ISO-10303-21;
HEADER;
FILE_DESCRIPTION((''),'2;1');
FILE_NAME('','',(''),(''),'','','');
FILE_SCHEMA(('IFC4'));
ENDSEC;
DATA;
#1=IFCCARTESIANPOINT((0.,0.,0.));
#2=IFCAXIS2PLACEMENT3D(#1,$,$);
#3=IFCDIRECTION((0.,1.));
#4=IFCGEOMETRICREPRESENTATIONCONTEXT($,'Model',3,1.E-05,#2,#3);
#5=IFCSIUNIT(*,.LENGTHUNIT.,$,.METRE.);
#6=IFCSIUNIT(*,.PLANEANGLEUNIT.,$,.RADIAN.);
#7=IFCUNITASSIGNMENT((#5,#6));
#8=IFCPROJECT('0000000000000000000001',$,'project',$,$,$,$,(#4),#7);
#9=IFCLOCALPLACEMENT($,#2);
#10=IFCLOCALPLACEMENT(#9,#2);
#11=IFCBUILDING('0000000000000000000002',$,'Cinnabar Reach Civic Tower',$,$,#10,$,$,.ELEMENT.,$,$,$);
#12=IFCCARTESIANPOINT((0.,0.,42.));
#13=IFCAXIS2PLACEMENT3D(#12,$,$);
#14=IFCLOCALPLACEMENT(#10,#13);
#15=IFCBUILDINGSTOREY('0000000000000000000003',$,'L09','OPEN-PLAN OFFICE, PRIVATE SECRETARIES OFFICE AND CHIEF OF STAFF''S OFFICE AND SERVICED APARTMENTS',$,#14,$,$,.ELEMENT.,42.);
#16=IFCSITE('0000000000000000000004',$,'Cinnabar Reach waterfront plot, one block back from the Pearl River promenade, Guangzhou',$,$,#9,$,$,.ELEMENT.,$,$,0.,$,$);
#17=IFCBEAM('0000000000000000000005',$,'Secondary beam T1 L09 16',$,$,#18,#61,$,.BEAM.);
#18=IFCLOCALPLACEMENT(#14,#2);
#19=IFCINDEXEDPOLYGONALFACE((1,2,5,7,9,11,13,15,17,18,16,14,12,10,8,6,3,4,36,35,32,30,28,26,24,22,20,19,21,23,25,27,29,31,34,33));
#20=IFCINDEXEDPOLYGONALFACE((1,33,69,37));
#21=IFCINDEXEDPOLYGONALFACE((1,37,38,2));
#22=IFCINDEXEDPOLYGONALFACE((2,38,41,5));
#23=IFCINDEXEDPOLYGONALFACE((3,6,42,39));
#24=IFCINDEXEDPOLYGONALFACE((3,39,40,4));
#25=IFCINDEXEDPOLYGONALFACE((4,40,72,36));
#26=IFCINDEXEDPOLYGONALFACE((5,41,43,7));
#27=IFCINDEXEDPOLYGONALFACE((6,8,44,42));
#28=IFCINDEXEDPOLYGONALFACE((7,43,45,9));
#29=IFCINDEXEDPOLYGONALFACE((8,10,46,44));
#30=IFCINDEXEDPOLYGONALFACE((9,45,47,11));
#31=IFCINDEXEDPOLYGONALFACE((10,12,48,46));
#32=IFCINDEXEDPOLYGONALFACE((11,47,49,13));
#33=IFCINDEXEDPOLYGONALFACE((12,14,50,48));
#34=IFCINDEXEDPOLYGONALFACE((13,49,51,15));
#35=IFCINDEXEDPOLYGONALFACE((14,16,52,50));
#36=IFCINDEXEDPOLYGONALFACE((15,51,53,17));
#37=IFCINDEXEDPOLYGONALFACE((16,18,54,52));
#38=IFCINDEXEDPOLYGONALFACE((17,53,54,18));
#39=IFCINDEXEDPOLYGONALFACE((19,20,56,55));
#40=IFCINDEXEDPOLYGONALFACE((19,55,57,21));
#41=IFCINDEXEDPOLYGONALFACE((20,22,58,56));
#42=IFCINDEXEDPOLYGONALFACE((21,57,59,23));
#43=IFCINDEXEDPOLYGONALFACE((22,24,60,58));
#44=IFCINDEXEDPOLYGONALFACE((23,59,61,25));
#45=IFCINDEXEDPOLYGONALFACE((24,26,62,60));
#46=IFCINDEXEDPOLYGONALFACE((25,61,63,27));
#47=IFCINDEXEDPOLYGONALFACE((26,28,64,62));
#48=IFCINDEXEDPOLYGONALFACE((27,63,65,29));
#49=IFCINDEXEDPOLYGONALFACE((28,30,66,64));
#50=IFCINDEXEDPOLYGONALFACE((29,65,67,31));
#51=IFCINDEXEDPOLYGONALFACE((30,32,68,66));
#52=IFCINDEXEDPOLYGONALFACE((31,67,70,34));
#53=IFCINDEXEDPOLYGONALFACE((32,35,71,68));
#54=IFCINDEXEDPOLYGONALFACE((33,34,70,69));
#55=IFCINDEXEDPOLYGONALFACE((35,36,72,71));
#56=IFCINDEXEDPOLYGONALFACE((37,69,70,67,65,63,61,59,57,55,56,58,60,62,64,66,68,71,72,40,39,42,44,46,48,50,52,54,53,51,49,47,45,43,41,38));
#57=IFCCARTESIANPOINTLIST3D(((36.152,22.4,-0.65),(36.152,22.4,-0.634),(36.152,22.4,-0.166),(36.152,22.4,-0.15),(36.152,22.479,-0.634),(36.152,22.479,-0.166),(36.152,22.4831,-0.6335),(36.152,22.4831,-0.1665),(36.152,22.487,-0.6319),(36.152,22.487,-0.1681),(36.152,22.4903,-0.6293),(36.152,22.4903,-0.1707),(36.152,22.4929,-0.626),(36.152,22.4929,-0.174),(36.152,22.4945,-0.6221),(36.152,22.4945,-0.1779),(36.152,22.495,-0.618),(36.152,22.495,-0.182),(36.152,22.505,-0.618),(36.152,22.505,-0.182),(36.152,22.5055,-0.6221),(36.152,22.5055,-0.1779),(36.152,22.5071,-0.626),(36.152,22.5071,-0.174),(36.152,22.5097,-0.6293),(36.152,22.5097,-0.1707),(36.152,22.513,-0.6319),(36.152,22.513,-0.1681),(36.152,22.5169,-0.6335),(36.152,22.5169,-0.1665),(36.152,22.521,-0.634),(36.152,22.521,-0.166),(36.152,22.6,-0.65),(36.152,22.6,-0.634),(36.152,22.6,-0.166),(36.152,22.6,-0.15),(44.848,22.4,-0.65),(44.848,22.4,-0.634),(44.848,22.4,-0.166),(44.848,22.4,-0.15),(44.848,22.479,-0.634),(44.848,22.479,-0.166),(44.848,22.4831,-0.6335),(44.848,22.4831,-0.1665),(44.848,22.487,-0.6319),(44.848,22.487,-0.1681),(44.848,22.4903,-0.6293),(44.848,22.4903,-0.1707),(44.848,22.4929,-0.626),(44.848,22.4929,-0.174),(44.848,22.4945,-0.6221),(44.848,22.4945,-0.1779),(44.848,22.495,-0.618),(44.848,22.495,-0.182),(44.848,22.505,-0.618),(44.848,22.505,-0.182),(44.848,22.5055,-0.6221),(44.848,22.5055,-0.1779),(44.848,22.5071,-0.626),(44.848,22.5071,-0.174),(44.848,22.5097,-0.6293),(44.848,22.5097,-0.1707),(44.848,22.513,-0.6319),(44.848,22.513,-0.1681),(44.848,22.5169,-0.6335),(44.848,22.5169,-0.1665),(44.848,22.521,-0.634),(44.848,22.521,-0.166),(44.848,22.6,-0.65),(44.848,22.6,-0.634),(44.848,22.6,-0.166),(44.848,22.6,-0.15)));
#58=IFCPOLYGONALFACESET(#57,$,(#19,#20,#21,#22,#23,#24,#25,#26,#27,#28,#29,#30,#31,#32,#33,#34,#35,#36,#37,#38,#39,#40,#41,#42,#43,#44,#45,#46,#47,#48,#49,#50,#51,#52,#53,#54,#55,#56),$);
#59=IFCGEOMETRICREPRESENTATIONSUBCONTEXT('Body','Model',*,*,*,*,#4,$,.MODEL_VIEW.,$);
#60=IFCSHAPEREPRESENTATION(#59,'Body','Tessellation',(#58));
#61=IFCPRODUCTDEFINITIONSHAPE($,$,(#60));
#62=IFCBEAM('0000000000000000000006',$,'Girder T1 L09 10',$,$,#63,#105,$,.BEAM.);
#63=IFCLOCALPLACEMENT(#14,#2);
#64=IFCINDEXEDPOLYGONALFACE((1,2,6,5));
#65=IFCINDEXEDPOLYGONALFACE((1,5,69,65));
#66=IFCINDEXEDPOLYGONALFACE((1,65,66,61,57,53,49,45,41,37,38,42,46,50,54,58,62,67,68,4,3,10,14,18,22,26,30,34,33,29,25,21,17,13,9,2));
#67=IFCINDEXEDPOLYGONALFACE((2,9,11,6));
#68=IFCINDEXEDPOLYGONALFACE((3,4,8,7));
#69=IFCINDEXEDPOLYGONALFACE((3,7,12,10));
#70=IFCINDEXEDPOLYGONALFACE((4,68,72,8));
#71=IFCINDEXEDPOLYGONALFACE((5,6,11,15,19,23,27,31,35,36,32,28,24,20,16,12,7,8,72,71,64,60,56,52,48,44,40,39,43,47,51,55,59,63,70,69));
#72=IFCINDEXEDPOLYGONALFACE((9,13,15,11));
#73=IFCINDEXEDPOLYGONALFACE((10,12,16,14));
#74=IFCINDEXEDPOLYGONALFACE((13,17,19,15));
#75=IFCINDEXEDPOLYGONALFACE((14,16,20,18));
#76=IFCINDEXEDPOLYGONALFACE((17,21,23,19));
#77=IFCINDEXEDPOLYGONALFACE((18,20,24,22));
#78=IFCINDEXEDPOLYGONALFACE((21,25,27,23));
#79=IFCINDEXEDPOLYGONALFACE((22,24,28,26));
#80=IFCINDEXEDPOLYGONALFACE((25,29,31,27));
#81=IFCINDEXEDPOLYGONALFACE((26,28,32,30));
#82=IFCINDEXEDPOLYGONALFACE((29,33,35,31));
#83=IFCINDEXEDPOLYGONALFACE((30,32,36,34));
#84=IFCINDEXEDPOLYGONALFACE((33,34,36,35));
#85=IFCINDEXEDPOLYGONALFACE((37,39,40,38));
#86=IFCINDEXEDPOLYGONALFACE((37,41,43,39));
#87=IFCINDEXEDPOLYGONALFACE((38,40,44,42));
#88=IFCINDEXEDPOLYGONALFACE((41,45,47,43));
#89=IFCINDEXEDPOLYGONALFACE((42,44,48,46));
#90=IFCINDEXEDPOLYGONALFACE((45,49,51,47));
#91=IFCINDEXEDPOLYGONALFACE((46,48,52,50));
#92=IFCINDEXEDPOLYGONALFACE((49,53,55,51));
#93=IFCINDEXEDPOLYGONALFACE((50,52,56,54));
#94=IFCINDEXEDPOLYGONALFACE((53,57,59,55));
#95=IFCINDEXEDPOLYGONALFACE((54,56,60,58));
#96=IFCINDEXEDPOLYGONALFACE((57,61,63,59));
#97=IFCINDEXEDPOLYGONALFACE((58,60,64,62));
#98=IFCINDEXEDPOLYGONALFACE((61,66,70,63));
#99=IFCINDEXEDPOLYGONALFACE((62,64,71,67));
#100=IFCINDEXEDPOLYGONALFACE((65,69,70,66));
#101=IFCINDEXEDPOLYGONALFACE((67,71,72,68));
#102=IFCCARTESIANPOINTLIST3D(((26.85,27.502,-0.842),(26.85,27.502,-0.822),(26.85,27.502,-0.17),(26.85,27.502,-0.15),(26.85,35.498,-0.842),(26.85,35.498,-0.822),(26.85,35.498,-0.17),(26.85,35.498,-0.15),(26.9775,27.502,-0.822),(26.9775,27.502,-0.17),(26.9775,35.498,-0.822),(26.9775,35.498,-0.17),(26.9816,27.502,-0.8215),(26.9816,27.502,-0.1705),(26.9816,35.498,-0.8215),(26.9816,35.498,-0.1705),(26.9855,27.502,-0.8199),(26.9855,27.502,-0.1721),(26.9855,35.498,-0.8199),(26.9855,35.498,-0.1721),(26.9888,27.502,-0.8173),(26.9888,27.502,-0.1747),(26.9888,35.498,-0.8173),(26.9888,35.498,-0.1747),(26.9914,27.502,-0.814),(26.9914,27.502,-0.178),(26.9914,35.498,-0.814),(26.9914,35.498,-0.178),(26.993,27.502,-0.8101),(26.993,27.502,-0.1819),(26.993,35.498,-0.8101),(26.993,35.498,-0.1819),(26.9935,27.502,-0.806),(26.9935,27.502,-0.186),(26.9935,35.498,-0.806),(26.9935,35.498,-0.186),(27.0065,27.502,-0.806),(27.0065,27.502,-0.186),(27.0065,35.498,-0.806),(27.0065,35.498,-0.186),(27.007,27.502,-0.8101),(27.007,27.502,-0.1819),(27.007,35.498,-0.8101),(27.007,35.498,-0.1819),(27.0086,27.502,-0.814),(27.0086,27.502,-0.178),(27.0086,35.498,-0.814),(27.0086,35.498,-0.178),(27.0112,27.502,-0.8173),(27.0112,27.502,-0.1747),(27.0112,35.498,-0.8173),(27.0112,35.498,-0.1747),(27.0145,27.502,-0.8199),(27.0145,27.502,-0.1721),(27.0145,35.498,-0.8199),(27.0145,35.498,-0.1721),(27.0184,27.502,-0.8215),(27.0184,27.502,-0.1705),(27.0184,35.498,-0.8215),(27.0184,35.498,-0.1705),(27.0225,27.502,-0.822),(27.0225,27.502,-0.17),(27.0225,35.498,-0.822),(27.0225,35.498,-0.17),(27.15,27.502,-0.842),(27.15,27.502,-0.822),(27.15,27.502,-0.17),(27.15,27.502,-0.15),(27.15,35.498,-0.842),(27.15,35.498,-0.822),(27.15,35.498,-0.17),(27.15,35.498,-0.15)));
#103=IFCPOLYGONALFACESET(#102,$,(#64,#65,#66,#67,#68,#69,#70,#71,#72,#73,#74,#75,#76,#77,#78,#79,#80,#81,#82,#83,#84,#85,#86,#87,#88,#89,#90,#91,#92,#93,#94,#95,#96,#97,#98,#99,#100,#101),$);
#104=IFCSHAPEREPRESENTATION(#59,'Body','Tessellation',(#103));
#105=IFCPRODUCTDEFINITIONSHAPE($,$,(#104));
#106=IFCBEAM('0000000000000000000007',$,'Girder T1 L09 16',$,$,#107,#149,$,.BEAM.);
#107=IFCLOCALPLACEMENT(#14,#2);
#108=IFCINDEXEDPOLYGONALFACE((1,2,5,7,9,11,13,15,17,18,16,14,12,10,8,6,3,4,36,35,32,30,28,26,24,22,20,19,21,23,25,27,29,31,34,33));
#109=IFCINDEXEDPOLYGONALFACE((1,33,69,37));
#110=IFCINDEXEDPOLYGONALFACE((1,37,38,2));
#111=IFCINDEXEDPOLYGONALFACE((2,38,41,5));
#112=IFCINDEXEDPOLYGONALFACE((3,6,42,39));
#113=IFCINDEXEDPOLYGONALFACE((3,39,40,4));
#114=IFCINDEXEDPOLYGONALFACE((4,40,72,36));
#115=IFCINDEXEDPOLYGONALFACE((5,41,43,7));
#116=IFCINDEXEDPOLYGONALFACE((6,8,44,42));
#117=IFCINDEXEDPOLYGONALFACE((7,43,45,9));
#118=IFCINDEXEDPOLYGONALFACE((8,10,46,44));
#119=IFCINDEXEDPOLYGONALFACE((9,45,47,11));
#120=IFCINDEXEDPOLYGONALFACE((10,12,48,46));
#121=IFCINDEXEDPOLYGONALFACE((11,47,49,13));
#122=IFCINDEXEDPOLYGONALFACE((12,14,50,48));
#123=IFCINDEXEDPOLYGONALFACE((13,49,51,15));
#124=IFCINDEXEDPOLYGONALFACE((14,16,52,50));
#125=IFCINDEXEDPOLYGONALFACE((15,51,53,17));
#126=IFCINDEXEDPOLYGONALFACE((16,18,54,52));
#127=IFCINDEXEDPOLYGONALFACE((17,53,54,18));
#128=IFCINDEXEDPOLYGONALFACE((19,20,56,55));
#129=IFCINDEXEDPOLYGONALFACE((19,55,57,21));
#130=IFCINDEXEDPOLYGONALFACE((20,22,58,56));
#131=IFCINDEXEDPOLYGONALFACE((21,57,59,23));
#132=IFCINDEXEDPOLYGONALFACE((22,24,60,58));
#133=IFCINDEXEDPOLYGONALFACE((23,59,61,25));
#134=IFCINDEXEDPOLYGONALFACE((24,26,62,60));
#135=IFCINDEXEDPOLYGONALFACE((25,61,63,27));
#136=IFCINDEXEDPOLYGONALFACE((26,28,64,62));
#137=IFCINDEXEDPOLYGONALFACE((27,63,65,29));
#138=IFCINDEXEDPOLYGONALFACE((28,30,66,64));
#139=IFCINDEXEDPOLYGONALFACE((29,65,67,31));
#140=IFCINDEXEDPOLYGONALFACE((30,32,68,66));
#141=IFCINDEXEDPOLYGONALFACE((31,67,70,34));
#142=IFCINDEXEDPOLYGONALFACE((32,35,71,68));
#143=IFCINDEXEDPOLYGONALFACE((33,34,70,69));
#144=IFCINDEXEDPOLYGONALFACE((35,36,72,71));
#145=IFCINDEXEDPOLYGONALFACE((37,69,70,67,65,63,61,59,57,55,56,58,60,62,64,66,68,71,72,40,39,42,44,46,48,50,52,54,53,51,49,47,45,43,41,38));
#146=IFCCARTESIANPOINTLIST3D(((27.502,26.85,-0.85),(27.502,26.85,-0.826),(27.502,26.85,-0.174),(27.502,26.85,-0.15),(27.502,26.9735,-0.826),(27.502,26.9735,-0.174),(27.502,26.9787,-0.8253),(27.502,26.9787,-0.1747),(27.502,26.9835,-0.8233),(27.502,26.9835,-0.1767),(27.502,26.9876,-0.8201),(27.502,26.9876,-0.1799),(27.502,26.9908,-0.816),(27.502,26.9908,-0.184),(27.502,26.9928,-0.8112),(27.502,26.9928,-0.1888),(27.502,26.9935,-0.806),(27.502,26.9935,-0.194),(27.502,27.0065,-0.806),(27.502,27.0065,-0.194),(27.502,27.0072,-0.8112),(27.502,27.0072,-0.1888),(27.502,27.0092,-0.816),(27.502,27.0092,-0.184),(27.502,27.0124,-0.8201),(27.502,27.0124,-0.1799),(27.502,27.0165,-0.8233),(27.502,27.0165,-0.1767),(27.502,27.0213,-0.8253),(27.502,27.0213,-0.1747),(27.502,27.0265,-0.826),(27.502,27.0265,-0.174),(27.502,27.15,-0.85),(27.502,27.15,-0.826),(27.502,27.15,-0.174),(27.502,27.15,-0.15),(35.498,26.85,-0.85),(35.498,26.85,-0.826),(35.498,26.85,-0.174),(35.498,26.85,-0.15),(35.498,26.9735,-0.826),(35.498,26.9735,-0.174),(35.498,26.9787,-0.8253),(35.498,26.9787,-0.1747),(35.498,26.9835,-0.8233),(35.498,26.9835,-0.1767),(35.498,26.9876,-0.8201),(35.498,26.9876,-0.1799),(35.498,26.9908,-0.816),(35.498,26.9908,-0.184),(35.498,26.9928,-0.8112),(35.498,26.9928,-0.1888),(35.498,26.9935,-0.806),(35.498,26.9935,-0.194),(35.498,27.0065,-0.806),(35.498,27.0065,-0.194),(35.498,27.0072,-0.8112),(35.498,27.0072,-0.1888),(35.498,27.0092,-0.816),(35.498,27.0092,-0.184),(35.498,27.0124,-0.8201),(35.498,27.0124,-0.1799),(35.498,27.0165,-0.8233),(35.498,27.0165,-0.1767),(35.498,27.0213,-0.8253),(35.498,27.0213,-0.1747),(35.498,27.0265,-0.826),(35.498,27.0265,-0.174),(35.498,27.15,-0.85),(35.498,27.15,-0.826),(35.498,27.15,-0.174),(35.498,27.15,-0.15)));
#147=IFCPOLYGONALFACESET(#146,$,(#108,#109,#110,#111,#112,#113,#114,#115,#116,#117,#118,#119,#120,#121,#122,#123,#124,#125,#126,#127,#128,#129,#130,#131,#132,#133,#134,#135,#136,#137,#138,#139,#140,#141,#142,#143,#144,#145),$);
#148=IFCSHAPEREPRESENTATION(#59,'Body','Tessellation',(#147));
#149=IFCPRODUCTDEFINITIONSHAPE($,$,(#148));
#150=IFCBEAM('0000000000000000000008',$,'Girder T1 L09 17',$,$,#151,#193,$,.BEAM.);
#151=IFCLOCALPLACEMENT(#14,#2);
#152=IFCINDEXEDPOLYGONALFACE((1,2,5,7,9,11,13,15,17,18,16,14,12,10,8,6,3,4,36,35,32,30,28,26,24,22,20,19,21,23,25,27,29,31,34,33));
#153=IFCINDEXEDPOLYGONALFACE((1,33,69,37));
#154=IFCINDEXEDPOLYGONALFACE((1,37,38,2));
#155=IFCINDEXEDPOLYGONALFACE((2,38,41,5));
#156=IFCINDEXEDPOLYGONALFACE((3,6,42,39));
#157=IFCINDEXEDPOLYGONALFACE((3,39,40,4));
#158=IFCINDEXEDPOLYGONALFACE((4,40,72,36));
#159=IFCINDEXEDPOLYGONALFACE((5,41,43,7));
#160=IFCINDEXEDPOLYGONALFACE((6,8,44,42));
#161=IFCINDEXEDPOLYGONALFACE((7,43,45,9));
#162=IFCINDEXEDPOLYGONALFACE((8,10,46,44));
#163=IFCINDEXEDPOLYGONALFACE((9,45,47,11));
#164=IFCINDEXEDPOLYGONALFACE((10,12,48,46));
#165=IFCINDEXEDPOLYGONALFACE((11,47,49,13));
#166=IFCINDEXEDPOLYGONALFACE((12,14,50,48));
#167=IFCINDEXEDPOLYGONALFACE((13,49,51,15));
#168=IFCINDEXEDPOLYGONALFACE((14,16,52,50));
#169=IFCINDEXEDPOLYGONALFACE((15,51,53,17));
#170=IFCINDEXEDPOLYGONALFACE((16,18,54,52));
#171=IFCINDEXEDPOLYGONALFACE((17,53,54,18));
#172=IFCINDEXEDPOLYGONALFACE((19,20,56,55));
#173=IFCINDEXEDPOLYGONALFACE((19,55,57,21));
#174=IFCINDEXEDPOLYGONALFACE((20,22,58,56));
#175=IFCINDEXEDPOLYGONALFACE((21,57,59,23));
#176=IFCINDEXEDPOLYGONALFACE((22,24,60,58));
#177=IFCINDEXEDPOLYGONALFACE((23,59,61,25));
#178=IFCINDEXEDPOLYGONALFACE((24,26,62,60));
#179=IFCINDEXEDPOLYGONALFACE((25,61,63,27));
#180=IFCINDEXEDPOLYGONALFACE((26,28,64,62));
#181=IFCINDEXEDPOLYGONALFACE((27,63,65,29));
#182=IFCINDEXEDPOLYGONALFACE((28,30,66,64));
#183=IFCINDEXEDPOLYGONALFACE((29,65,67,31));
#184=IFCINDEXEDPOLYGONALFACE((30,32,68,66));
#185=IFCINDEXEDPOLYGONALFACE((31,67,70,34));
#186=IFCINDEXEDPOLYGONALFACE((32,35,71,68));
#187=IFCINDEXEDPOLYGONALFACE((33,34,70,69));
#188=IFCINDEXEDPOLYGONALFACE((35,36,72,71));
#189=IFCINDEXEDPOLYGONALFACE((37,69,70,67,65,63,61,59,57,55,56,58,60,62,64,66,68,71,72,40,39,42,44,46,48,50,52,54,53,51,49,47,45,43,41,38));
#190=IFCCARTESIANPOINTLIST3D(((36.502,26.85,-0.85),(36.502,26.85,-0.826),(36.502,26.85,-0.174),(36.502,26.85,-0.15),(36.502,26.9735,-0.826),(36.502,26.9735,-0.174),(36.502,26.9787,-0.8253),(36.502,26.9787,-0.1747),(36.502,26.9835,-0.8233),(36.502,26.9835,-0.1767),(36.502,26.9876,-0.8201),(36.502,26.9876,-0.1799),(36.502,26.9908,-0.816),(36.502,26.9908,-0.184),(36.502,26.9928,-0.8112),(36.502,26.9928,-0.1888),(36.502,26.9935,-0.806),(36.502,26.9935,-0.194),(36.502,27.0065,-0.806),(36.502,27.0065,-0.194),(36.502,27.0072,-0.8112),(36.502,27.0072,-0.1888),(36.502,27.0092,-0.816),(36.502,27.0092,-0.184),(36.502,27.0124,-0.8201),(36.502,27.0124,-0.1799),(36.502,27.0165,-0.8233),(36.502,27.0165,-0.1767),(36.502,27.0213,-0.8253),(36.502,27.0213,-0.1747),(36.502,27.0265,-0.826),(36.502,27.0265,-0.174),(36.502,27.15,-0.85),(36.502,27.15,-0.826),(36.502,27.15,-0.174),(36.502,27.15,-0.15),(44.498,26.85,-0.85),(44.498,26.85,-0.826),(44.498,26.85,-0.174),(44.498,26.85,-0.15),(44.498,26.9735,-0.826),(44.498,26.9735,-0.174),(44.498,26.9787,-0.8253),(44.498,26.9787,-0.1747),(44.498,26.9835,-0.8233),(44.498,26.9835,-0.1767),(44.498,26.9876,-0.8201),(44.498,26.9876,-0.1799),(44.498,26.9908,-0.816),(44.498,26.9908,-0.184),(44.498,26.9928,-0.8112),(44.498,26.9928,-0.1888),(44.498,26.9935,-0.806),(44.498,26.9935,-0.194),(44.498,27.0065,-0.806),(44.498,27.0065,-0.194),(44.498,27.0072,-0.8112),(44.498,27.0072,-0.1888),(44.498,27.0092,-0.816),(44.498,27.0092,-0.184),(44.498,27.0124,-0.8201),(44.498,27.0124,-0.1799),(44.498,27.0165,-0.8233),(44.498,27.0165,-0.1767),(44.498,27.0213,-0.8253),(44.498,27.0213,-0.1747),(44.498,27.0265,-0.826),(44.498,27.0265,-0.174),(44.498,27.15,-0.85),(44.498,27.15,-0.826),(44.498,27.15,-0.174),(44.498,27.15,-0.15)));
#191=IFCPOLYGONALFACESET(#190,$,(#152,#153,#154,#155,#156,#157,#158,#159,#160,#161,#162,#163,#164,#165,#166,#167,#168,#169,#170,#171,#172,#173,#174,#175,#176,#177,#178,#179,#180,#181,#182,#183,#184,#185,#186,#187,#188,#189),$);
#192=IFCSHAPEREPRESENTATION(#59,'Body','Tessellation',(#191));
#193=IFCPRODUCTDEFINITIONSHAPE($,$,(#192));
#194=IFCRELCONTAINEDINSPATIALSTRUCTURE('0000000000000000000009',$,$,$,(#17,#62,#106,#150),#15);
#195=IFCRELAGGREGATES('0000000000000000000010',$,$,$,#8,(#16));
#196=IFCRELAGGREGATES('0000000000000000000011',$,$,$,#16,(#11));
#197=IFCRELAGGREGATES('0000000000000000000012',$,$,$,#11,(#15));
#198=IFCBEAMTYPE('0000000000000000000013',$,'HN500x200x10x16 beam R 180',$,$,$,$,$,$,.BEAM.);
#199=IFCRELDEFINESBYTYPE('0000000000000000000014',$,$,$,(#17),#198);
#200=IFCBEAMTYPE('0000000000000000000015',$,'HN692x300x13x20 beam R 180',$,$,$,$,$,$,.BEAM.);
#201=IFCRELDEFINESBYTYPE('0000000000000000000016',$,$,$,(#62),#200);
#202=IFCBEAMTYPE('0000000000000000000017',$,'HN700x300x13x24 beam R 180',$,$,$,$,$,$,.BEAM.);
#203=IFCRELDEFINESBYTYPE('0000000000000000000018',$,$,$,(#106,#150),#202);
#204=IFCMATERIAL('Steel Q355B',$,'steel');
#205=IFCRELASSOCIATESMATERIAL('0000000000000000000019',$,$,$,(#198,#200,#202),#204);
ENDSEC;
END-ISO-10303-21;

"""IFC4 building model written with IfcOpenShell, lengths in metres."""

from ifc_helpers import new_model, si_unit, direction, frame, origin, origin_2d, place, context, subcontext, project, spatial, i_section, extrude, material, material_profile, profile_set, type_object, element, save


model = new_model("IFC4")

# Units and contexts
model_context = context("Model", 3, precision=1e-05, world=origin(), true_north=direction((0.0, 1.0)))
body_context = subcontext(model_context, "Body", "Model", "MODEL_VIEW")
ifc_project = project(units=[si_unit("LENGTHUNIT", "METRE"), si_unit("PLANEANGLEUNIT", "RADIAN")], contexts=[model_context])

# Site, building, storey
site_placement = place(None, origin())
site = spatial("IfcSite", under=ifc_project, at=site_placement, Name="Cinnabar Reach waterfront plot, one block back from the Pearl River promenade, Guangzhou", CompositionType="ELEMENT", RefElevation=0.0)
building_placement = place(site_placement, origin())
building = spatial("IfcBuilding", under=site, at=building_placement, Name="Cinnabar Reach Civic Tower", CompositionType="ELEMENT")
storey_placement = place(building_placement, frame((0.0, 0.0, 42.0)))
storey = spatial("IfcBuildingStorey", under=building, at=storey_placement, Name="L09", Description="OPEN-PLAN OFFICE, PRIVATE SECRETARIES OFFICE AND CHIEF OF STAFF'S OFFICE AND SERVICED APARTMENTS", CompositionType="ELEMENT", Elevation=42.0)

# Beams
ifc_material_1 = material(Name="Steel Q355B", Category="steel")
ifc_material_profile_1 = material_profile(ifc_material_1, i_section(OverallWidth=0.2, OverallDepth=0.5, WebThickness=0.01, FlangeThickness=0.016, FilletRadius=0.016, at=origin_2d()), Name="HN500x200x10x16")
ifc_profile_set_1 = profile_set([ifc_material_profile_1], Name="Steel Q355B")
beam_type_1 = type_object("IfcBeamType", Name="HN500x200x10x16 beam R 180", PredefinedType="BEAM", material=ifc_profile_set_1)
for number, where, z_axis, x_axis, name in (
    (1, (36.152, 22.5, -0.4), (1.0, 0.0, 0.0), (0.0, 1.0, 0.0), "Secondary beam T1 L09 16"),
):
    element("IfcBeam", number, at=place(storey_placement, frame(where, z_axis=z_axis, x_axis=x_axis)), inside=storey, type_object=beam_type_1, Name=name, PredefinedType="BEAM", context=body_context, shape_type="SweptSolid", body=[
        extrude(i_section(OverallWidth=0.2, OverallDepth=0.5, WebThickness=0.01, FlangeThickness=0.016, FilletRadius=0.016, at=origin_2d()), origin(), (0.0, 0.0, 1.0), 8.696),
    ])
ifc_material_profile_2 = material_profile(ifc_material_1, i_section(OverallWidth=0.3, OverallDepth=0.692, WebThickness=0.013, FlangeThickness=0.02, FilletRadius=0.016, at=origin_2d()), Name="HN692x300x13x20")
ifc_profile_set_2 = profile_set([ifc_material_profile_2], Name="Steel Q355B")
beam_type_2 = type_object("IfcBeamType", Name="HN692x300x13x20 beam R 180", PredefinedType="BEAM", material=ifc_profile_set_2)
beam_1_placement = place(storey_placement, frame((27.0, 27.502, -0.496), z_axis=(0.0, 1.0, 0.0), x_axis=(-1.0, 0.0, 0.0)))
element("IfcBeam", 2, at=beam_1_placement, inside=storey, type_object=beam_type_2, Name="Girder T1 L09 10", PredefinedType="BEAM", context=body_context, shape_type="SweptSolid", body=[
    extrude(i_section(OverallWidth=0.3, OverallDepth=0.692, WebThickness=0.013, FlangeThickness=0.02, FilletRadius=0.016, at=origin_2d()), origin(), (0.0, 0.0, 1.0), 7.996),
])
ifc_material_profile_3 = material_profile(ifc_material_1, i_section(OverallWidth=0.3, OverallDepth=0.7, WebThickness=0.013, FlangeThickness=0.024, FilletRadius=0.02, at=origin_2d()), Name="HN700x300x13x24")
ifc_profile_set_3 = profile_set([ifc_material_profile_3], Name="Steel Q355B")
beam_type_3 = type_object("IfcBeamType", Name="HN700x300x13x24 beam R 180", PredefinedType="BEAM", material=ifc_profile_set_3)
for number, where, z_axis, x_axis, name in (
    (3, (27.502, 27.0, -0.5), (1.0, 0.0, 0.0), (0.0, 1.0, 0.0), "Girder T1 L09 16"),
    (4, (36.502, 27.0, -0.5), (1.0, 0.0, 0.0), (0.0, 1.0, 0.0), "Girder T1 L09 17"),
):
    element("IfcBeam", number, at=place(storey_placement, frame(where, z_axis=z_axis, x_axis=x_axis)), inside=storey, type_object=beam_type_3, Name=name, PredefinedType="BEAM", context=body_context, shape_type="SweptSolid", body=[
        extrude(i_section(OverallWidth=0.3, OverallDepth=0.7, WebThickness=0.013, FlangeThickness=0.024, FilletRadius=0.02, at=origin_2d()), origin(), (0.0, 0.0, 1.0), 7.996),
    ])

save(model, "model.ifc")
